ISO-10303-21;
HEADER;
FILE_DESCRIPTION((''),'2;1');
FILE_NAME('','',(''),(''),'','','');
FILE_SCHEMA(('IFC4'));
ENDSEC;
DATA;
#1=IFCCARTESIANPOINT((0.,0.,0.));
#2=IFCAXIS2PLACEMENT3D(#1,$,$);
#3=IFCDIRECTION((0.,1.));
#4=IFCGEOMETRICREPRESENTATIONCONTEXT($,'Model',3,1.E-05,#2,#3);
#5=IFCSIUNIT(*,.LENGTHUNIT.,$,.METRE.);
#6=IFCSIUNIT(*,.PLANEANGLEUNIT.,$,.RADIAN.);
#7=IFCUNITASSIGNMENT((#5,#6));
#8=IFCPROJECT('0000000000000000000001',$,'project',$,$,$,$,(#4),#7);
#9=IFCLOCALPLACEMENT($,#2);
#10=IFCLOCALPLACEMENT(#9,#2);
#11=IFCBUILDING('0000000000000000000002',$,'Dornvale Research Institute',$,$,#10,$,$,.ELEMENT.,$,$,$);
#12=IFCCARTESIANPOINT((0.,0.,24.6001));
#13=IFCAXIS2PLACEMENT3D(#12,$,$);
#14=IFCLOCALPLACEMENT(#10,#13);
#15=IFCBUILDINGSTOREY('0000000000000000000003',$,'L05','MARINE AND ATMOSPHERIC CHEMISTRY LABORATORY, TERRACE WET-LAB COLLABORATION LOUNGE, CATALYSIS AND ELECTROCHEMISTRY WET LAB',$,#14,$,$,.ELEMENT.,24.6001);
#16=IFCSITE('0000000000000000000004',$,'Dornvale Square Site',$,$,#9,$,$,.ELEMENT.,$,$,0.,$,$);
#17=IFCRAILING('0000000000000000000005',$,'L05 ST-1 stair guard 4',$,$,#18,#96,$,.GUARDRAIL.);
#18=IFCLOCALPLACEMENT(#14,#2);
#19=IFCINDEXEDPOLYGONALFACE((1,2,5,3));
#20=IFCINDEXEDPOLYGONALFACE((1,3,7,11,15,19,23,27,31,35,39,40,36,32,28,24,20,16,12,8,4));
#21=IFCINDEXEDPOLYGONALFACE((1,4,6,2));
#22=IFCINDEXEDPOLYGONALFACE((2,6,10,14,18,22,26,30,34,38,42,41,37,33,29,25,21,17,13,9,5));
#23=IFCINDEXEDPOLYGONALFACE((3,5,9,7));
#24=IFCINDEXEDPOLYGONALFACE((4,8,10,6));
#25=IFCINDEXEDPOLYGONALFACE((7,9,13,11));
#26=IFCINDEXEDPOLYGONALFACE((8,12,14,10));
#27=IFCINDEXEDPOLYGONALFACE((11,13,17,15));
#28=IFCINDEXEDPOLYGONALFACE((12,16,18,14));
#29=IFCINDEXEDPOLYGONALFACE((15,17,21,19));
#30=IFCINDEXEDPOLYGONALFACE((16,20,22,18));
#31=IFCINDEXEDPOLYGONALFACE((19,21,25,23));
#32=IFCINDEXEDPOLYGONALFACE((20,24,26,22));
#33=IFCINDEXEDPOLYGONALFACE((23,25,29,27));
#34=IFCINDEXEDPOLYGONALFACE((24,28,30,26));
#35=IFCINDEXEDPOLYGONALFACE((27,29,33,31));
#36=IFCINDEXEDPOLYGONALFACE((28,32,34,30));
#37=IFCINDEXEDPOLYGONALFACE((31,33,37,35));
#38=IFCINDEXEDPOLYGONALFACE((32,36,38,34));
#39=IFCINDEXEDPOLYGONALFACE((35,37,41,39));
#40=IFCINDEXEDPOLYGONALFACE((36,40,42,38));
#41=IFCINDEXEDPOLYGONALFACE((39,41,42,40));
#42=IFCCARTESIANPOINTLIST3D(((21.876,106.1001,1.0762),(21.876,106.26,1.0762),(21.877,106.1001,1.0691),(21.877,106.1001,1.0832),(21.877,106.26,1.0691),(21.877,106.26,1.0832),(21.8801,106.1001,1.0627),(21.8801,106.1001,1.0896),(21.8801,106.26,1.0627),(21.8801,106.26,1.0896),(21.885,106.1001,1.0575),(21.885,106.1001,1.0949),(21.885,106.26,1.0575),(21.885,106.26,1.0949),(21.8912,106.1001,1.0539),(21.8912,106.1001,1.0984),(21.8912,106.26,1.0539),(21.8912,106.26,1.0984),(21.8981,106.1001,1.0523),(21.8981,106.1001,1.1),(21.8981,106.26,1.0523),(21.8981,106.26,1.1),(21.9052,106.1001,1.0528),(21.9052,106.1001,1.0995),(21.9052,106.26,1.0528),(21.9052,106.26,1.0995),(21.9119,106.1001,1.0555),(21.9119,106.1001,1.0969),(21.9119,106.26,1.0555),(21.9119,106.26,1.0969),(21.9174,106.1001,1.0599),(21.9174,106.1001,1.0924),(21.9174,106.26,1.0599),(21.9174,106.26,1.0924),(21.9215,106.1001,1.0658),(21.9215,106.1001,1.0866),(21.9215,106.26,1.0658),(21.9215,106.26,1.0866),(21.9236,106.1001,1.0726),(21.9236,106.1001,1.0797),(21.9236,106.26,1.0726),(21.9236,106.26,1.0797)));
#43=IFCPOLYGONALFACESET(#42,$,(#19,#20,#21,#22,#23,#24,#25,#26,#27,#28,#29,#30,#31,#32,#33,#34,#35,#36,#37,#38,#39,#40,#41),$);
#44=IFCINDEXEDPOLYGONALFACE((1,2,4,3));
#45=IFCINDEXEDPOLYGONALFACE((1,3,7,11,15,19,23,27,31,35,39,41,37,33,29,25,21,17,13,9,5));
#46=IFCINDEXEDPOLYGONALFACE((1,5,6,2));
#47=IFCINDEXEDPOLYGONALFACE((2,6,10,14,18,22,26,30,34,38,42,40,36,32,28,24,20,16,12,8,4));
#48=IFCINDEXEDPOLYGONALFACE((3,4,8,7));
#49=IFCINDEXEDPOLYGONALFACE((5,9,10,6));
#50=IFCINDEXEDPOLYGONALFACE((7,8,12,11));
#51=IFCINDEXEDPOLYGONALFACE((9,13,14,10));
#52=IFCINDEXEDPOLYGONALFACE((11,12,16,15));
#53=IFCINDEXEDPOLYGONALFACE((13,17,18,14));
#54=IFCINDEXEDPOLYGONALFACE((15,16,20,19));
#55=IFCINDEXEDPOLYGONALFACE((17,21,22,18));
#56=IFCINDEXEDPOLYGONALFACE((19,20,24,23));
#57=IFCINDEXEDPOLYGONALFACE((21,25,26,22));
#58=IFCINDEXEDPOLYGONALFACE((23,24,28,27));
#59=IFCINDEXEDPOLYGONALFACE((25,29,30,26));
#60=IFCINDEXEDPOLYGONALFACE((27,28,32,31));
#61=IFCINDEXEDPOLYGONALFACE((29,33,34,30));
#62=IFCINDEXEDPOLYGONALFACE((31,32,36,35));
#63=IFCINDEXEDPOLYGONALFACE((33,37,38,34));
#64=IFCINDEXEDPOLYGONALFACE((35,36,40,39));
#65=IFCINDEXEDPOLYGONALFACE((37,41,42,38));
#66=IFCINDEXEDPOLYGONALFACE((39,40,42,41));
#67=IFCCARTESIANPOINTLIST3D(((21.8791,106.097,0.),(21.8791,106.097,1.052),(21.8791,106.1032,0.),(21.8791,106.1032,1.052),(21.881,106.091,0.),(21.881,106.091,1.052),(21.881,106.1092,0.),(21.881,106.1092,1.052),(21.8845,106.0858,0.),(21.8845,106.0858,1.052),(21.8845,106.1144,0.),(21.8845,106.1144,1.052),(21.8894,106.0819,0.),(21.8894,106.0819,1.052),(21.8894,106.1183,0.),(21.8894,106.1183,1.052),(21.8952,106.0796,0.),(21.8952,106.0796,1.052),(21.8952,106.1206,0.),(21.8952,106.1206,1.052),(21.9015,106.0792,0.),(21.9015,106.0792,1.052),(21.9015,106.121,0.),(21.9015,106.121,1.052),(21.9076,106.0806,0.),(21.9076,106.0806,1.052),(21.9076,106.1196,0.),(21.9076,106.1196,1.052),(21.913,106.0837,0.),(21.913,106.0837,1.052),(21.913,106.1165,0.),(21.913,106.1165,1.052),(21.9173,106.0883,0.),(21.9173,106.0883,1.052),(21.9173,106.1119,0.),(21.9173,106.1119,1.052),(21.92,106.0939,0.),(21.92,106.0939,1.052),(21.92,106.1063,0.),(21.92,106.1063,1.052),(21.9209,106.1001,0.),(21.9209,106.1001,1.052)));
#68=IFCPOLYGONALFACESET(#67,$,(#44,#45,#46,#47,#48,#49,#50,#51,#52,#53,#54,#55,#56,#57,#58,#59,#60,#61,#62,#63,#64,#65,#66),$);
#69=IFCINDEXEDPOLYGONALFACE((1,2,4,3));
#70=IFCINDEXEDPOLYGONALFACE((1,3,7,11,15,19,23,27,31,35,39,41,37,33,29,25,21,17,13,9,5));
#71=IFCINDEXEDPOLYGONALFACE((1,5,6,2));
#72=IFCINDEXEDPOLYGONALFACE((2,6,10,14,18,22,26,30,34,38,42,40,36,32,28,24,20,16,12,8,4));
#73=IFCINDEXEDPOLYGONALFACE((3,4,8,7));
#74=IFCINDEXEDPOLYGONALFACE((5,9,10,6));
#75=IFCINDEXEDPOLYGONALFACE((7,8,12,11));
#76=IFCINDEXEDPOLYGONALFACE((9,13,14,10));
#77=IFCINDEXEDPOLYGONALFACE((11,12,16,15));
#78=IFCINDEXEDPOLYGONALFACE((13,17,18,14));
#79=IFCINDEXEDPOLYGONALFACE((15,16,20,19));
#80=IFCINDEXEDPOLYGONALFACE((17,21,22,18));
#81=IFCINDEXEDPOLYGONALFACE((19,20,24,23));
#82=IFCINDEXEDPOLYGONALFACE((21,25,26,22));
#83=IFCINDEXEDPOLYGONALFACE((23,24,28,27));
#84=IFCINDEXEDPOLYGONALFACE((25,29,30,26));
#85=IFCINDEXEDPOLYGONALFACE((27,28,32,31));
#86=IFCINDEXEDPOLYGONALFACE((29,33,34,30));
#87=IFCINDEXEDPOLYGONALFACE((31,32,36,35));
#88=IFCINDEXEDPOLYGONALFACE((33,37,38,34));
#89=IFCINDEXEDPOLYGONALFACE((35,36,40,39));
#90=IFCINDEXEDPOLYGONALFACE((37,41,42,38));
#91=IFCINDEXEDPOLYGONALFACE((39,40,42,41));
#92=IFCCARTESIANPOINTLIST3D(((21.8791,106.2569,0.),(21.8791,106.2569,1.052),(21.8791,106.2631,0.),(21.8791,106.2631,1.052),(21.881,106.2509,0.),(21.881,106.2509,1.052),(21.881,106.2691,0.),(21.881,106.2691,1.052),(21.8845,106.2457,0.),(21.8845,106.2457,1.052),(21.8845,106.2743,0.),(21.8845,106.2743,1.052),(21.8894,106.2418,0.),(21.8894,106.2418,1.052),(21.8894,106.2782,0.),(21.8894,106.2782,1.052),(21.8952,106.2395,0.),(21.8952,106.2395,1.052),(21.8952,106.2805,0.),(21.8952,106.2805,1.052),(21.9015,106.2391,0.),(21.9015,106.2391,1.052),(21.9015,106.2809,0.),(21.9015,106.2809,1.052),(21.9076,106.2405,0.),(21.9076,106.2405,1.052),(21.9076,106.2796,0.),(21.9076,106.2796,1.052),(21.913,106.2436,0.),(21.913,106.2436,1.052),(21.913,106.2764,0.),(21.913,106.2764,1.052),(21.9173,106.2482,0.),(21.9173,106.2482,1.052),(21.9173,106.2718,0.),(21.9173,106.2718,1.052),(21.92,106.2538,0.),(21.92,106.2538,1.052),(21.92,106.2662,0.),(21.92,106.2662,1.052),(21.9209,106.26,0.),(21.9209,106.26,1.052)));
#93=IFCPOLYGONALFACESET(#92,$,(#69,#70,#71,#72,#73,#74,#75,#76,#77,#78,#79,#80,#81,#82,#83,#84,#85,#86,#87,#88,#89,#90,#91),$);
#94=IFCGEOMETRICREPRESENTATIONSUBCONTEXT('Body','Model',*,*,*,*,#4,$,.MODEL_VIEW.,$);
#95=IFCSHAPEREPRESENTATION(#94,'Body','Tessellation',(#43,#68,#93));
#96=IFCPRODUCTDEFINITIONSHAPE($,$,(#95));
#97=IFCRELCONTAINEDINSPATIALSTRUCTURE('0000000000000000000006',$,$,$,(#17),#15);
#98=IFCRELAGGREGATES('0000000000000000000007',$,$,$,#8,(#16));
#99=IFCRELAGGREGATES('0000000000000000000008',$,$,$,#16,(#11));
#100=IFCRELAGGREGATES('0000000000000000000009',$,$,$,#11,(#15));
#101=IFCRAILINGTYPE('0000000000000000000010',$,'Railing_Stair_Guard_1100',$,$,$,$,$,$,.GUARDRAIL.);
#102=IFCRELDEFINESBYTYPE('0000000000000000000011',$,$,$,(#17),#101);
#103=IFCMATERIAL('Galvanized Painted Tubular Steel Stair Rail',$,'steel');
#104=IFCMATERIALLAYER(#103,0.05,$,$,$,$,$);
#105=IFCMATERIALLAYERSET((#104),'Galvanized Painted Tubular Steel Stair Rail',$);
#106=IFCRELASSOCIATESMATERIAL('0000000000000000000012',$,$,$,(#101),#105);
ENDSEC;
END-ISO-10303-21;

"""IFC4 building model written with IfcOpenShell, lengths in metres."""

from ifc_helpers import new_model, si_unit, direction, frame, origin, origin_2d, place, context, subcontext, project, spatial, circle, extrude, material, layer, layer_set, type_object, element, save


model = new_model("IFC4")

# Units and contexts
model_context = context("Model", 3, precision=1e-05, world=origin(), true_north=direction((0.0, 1.0)))
body_context = subcontext(model_context, "Body", "Model", "MODEL_VIEW")
ifc_project = project(units=[si_unit("LENGTHUNIT", "METRE"), si_unit("PLANEANGLEUNIT", "RADIAN")], contexts=[model_context])

# Site, building, storey
site_placement = place(None, origin())
site = spatial("IfcSite", under=ifc_project, at=site_placement, Name="Dornvale Square Site", CompositionType="ELEMENT", RefElevation=0.0)
building_placement = place(site_placement, origin())
building = spatial("IfcBuilding", under=site, at=building_placement, Name="Dornvale Research Institute", CompositionType="ELEMENT")
storey_placement = place(building_placement, frame((0.0, 0.0, 24.6001)))
storey = spatial("IfcBuildingStorey", under=building, at=storey_placement, Name="L05", Description="MARINE AND ATMOSPHERIC CHEMISTRY LABORATORY, TERRACE WET-LAB COLLABORATION LOUNGE, CATALYSIS AND ELECTROCHEMISTRY WET LAB", CompositionType="ELEMENT", Elevation=24.6001)

# Railing
ifc_material_1 = material(Name="Galvanized Painted Tubular Steel Stair Rail", Category="steel")
ifc_layer_1 = layer(ifc_material_1, 0.05)
ifc_layer_set_1 = layer_set([ifc_layer_1], Name="Galvanized Painted Tubular Steel Stair Rail")
railing_type_1 = type_object("IfcRailingType", Name="Railing_Stair_Guard_1100", PredefinedType="GUARDRAIL", material=ifc_layer_set_1)
railing_1_placement = place(storey_placement, frame((21.8999, 106.1001, 0.0)))
element("IfcRailing", 1, at=railing_1_placement, inside=storey, type_object=railing_type_1, Name="L05 ST-1 stair guard 4", PredefinedType="GUARDRAIL", context=body_context, shape_type="SweptSolid", body=[
    extrude(circle(Radius=0.0239, at=origin_2d()), frame((0.0, 0.0, 1.0762), z_axis=(0.0, 1.0, 0.0), x_axis=(-1.0, 0.0, 0.0)), (0.0, 0.0, 1.0), 0.1599),
    extrude(circle(Radius=0.021, at=origin_2d()), origin(), (0.0, 0.0, 1.0), 1.052),
    extrude(circle(Radius=0.021, at=origin_2d()), frame((0.0, 0.1599, 0.0)), (0.0, 0.0, 1.0), 1.052),
])

save(model, "model.ifc")
